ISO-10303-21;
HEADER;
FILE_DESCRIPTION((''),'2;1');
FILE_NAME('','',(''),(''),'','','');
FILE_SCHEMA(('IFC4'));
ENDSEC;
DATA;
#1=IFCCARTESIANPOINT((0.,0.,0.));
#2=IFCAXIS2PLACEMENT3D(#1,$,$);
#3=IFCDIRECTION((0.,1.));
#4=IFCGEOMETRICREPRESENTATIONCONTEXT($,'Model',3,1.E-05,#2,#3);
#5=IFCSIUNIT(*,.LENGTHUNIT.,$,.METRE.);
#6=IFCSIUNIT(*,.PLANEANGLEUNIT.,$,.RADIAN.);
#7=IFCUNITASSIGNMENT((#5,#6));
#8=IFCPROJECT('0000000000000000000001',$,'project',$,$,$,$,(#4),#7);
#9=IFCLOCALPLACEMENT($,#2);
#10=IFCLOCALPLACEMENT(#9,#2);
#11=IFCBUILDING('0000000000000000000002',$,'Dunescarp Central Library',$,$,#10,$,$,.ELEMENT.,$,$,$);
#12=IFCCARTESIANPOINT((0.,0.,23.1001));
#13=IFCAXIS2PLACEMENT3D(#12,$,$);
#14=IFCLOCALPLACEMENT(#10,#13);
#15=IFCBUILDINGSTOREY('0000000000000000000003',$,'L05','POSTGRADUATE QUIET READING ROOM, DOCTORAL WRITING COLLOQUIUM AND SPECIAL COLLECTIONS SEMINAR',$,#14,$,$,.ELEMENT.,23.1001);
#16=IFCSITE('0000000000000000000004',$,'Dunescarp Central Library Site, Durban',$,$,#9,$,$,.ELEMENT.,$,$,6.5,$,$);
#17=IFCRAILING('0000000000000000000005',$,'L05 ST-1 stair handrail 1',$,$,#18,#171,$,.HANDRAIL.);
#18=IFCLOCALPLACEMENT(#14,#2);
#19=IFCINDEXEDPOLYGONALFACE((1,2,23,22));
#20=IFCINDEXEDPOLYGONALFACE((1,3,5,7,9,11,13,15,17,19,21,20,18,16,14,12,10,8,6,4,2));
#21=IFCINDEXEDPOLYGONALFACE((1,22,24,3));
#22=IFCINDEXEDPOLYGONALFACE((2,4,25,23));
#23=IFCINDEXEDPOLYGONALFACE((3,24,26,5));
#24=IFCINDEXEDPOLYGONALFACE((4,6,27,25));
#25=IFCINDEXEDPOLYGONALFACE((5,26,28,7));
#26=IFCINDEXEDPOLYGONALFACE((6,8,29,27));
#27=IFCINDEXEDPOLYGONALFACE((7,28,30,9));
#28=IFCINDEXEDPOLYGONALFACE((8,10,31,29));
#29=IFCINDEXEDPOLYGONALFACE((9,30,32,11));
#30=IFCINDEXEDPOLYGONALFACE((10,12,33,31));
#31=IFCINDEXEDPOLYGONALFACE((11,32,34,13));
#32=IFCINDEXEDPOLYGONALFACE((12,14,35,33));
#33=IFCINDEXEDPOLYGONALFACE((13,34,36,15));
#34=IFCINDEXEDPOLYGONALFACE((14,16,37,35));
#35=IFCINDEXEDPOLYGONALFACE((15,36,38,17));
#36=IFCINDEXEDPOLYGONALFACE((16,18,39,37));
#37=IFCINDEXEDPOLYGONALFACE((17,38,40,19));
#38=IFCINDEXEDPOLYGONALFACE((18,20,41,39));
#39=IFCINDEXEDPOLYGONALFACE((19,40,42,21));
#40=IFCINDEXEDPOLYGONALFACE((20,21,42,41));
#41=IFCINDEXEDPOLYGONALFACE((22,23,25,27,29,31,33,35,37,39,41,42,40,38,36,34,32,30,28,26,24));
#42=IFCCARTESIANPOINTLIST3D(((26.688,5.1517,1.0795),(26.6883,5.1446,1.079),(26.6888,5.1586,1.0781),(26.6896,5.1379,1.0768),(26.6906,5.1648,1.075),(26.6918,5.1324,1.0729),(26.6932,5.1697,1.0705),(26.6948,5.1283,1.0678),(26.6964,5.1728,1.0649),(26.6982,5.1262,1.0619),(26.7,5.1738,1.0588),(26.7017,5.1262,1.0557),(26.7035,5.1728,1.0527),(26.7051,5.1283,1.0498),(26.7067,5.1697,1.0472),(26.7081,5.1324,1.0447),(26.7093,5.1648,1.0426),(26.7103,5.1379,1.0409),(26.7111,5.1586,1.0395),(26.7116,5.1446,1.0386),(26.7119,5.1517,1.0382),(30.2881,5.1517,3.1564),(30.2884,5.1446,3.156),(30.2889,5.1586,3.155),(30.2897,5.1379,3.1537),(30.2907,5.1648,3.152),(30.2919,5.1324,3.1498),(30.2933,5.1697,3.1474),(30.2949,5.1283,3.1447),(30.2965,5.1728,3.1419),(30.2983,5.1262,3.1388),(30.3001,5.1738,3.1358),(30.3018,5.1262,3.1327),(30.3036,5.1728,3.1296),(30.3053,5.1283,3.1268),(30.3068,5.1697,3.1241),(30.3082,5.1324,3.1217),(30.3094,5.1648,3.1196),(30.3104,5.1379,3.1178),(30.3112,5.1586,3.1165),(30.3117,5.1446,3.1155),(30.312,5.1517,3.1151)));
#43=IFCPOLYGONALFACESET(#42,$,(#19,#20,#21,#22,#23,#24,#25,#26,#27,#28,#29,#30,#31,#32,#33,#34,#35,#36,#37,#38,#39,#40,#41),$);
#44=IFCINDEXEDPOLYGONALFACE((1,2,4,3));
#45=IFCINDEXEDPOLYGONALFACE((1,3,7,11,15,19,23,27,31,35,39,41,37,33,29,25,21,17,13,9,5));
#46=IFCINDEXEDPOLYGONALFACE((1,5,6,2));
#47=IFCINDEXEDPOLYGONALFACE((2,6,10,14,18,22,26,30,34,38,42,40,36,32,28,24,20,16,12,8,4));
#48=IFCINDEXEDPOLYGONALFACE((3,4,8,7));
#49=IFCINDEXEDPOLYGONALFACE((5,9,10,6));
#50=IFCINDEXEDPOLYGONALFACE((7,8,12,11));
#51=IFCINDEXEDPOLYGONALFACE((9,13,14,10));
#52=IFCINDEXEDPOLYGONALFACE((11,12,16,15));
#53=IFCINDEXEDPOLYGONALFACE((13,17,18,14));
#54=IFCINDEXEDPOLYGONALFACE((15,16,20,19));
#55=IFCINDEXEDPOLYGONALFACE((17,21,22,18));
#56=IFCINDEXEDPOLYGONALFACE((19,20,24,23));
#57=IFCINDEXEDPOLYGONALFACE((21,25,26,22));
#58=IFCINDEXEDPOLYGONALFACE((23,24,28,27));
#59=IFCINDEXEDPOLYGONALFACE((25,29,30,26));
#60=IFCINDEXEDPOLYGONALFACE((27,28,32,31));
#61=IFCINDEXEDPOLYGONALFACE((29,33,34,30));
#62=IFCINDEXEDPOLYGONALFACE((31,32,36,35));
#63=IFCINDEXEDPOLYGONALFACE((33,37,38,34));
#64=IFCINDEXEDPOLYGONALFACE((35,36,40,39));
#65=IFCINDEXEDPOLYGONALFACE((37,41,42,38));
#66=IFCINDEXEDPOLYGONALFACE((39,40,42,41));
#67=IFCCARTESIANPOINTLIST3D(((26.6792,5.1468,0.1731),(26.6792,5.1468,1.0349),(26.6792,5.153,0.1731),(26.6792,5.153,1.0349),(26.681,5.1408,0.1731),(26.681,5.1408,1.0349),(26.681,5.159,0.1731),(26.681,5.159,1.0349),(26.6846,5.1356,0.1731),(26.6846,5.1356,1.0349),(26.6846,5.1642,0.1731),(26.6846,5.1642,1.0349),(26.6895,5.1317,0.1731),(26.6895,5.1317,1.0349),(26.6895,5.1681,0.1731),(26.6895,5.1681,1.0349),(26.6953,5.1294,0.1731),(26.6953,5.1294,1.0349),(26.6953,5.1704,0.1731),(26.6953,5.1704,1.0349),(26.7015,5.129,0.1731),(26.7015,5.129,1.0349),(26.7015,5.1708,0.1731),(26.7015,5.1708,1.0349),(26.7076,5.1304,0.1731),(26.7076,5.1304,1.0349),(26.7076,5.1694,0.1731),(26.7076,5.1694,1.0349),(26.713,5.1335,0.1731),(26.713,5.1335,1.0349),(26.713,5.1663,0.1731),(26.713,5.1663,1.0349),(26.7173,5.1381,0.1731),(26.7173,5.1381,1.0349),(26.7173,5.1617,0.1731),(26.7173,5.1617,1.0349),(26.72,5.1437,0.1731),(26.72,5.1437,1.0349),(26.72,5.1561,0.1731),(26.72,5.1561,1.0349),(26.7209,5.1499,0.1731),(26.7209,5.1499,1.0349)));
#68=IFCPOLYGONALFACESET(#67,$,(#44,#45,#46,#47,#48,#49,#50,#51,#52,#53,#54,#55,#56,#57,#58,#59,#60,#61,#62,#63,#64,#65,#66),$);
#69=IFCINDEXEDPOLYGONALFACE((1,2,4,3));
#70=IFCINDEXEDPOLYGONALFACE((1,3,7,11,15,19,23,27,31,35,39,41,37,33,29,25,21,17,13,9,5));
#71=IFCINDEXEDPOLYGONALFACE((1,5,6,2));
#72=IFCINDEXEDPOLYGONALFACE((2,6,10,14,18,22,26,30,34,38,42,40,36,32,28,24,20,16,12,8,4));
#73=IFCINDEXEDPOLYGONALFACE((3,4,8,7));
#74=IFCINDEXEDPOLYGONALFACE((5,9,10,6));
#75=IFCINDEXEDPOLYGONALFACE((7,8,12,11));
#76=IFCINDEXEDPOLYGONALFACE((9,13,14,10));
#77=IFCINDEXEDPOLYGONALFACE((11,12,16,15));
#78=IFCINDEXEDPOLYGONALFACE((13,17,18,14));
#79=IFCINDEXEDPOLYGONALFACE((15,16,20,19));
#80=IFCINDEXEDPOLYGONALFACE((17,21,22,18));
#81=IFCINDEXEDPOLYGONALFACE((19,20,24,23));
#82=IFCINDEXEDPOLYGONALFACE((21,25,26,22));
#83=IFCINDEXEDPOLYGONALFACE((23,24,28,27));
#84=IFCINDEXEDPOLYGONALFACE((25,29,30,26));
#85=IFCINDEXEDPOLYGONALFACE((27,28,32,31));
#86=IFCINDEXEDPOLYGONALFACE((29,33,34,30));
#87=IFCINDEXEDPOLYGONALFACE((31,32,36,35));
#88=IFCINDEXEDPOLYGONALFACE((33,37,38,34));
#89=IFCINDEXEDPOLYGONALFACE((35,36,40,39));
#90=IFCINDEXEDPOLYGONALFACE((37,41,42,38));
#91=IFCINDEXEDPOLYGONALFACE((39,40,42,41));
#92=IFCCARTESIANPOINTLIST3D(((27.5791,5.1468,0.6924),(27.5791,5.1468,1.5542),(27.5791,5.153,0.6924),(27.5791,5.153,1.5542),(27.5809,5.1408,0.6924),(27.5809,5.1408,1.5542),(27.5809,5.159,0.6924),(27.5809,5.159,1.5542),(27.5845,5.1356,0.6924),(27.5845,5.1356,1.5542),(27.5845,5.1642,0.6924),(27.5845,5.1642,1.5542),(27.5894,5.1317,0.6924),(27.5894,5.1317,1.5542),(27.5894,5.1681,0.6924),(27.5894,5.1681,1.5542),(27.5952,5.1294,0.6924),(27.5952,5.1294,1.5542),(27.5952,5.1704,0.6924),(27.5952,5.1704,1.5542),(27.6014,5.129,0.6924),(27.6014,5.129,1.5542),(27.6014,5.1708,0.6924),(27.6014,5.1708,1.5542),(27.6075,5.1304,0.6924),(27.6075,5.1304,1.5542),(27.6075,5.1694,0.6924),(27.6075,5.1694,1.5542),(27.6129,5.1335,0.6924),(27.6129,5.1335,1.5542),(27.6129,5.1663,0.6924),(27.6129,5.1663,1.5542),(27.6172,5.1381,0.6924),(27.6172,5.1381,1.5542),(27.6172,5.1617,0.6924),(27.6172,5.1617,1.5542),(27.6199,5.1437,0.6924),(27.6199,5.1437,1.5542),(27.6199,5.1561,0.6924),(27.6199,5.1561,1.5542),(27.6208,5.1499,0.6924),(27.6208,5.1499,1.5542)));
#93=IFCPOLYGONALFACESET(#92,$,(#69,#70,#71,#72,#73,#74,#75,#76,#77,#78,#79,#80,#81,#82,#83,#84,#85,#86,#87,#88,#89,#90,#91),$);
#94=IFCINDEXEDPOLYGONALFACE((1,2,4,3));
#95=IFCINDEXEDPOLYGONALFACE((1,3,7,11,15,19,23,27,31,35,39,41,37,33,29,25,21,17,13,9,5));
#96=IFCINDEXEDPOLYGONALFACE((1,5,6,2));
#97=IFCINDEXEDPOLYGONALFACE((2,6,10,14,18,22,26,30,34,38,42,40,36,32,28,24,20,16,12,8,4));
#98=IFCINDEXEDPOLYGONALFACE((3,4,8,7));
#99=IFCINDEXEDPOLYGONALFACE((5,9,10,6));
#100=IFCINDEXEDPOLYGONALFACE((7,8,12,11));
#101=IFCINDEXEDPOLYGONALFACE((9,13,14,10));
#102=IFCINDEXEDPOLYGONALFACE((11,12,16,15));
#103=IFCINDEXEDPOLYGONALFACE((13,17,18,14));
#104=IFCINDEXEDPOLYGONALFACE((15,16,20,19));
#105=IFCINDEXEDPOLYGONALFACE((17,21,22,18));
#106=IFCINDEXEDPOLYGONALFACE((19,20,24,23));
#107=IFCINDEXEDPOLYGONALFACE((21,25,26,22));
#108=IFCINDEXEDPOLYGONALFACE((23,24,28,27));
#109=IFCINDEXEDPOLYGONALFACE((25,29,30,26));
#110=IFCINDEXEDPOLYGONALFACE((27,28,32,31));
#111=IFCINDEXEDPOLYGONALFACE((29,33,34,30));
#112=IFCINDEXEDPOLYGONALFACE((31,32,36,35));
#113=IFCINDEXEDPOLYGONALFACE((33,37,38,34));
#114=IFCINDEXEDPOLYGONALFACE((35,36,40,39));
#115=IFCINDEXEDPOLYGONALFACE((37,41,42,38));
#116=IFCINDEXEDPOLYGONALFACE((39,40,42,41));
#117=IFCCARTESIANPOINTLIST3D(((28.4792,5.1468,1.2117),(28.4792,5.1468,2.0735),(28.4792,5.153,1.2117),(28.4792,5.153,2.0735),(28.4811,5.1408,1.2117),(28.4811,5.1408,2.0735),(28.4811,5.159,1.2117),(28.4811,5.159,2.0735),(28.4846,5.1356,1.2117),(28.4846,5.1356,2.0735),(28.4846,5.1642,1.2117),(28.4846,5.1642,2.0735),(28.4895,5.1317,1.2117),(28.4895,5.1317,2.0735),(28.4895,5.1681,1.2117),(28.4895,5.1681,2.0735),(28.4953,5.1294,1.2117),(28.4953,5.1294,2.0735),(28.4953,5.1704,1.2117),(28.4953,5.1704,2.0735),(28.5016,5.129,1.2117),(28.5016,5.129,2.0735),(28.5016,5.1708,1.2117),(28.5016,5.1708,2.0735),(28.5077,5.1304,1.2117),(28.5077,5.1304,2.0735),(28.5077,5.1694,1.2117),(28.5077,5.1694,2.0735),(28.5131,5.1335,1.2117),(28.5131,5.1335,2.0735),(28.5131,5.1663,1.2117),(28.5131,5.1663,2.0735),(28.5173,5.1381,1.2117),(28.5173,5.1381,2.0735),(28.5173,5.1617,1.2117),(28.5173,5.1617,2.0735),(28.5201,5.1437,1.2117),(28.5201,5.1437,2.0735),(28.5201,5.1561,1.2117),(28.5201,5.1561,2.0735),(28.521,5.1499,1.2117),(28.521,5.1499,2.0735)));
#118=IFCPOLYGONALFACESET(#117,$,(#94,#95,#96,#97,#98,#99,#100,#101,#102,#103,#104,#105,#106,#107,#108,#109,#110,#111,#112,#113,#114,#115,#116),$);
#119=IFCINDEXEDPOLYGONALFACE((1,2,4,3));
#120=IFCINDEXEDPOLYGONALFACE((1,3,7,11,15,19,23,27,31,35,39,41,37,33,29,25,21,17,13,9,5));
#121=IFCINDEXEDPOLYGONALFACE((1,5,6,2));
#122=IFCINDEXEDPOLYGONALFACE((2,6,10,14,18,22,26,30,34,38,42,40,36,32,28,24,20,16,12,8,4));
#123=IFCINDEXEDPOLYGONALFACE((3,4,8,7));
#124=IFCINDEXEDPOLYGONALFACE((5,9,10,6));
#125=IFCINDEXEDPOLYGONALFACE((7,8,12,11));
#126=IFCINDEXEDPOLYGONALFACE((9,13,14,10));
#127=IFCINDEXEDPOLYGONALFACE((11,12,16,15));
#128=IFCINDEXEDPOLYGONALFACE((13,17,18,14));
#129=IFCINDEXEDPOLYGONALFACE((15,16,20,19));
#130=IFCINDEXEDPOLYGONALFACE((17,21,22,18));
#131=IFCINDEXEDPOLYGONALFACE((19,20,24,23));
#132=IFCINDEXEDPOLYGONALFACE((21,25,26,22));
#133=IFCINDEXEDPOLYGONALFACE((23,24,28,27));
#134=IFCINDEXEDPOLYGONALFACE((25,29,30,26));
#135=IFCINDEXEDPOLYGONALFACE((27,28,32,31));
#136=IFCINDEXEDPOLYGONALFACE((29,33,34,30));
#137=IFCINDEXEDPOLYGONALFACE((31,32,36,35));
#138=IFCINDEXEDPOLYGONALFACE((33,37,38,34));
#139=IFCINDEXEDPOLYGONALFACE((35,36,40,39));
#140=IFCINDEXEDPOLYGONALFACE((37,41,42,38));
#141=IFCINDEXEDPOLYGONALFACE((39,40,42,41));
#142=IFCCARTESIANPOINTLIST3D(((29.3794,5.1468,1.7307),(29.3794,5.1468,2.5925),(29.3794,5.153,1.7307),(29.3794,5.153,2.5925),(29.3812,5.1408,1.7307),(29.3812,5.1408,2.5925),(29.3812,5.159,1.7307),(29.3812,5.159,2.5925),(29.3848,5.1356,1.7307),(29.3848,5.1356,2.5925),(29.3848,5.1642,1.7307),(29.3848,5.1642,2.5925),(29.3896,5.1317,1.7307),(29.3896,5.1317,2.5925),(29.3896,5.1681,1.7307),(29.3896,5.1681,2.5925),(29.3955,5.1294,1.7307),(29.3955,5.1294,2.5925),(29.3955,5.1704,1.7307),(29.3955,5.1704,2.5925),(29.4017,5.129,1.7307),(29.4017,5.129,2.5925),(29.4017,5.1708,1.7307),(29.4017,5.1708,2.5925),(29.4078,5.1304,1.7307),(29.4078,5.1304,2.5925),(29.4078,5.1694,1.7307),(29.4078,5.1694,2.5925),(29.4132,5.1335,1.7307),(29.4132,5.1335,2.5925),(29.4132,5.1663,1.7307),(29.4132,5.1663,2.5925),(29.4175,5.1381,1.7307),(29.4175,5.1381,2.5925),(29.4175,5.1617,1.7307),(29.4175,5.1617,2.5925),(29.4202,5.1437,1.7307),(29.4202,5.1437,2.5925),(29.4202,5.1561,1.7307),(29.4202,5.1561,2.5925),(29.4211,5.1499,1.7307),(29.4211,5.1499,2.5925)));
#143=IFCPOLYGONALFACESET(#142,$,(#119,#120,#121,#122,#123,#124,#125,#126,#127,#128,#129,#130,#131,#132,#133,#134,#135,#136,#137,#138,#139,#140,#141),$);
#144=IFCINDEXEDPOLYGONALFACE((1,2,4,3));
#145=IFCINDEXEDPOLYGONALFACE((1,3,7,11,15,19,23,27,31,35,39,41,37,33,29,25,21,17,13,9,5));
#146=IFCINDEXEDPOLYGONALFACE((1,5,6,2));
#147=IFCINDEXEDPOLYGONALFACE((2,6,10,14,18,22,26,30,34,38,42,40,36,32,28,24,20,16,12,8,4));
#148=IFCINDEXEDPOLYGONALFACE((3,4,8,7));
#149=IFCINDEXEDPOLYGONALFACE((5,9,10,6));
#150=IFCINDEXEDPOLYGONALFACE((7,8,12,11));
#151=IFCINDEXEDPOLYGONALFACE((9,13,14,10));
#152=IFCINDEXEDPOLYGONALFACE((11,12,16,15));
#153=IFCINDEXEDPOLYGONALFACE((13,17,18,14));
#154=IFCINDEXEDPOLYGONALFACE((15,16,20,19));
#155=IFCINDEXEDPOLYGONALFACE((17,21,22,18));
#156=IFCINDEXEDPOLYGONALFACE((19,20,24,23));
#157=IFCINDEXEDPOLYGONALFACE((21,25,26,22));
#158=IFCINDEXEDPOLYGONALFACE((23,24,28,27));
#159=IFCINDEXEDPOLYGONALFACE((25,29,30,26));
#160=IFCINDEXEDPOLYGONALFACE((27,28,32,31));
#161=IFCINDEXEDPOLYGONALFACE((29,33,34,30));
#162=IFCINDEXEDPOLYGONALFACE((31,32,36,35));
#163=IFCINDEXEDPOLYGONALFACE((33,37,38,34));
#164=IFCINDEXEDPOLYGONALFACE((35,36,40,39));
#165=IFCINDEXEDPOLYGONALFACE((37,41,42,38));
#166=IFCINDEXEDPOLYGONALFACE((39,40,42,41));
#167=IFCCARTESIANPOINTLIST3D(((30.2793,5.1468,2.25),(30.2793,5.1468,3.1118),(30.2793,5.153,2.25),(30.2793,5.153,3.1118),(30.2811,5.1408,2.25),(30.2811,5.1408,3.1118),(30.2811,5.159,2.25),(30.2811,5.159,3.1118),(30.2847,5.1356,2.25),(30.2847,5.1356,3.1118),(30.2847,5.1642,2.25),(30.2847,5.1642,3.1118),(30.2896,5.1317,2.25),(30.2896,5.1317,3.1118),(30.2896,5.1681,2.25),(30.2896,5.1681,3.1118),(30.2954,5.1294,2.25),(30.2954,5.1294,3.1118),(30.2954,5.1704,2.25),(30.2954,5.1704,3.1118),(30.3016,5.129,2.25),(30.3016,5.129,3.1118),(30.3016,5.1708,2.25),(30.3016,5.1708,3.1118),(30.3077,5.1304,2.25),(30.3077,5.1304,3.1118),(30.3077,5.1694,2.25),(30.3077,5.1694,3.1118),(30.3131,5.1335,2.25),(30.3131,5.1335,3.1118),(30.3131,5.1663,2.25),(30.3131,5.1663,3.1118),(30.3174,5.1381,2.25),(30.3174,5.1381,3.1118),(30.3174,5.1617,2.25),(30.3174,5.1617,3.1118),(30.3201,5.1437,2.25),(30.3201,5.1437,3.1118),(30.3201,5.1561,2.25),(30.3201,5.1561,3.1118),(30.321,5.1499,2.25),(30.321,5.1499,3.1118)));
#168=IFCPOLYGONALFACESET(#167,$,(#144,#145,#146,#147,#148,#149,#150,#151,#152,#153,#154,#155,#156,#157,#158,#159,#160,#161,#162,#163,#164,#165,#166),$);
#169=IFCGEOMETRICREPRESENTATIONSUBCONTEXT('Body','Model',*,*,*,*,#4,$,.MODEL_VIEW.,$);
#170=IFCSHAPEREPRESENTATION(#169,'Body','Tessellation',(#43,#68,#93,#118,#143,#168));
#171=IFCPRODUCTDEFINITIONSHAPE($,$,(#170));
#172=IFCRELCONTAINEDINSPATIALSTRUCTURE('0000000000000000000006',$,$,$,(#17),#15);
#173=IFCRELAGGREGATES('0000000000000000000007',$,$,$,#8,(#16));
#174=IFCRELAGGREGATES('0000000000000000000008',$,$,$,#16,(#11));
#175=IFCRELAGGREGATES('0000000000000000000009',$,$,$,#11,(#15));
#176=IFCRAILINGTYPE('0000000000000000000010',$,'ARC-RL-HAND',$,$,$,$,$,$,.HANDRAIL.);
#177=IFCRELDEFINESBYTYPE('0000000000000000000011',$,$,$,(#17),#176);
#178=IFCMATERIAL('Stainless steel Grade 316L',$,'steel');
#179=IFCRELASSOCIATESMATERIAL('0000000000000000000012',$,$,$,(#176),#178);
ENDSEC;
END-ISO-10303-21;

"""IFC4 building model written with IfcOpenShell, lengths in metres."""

from ifc_helpers import new_model, si_unit, direction, frame, origin, origin_2d, place, context, subcontext, project, spatial, circle, extrude, material, type_object, element, save


model = new_model("IFC4")

# Units and contexts
model_context = context("Model", 3, precision=1e-05, world=origin(), true_north=direction((0.0, 1.0)))
body_context = subcontext(model_context, "Body", "Model", "MODEL_VIEW")
ifc_project = project(units=[si_unit("LENGTHUNIT", "METRE"), si_unit("PLANEANGLEUNIT", "RADIAN")], contexts=[model_context])

# Site, building, storey
site_placement = place(None, origin())
site = spatial("IfcSite", under=ifc_project, at=site_placement, Name="Dunescarp Central Library Site, Durban", CompositionType="ELEMENT", RefElevation=6.5)
building_placement = place(site_placement, origin())
building = spatial("IfcBuilding", under=site, at=building_placement, Name="Dunescarp Central Library", CompositionType="ELEMENT")
storey_placement = place(building_placement, frame((0.0, 0.0, 23.1001)))
storey = spatial("IfcBuildingStorey", under=building, at=storey_placement, Name="L05", Description="POSTGRADUATE QUIET READING ROOM, DOCTORAL WRITING COLLOQUIUM AND SPECIAL COLLECTIONS SEMINAR", CompositionType="ELEMENT", Elevation=23.1001)

# Shared definitions
ifc_material_1 = material(Name="Stainless steel Grade 316L", Category="steel")

# Railing
railing_type_1 = type_object("IfcRailingType", Name="ARC-RL-HAND", PredefinedType="HANDRAIL", material=ifc_material_1)
railing_1_placement = place(storey_placement, frame((26.7, 5.1499, 0.1731)))
element("IfcRailing", 1, at=railing_1_placement, inside=storey, type_object=railing_type_1, Name="L05 ST-1 stair handrail 1", PredefinedType="HANDRAIL", context=body_context, shape_type="SweptSolid", body=[
    extrude(circle(Radius=0.0239, at=origin_2d()), frame((0.0, 0.0, 0.8857), z_axis=(0.866193, 0.0, 0.499709), x_axis=(0.0, 1.0, 0.0)), (0.0, 0.0, 1.0), 4.1562),
    extrude(circle(Radius=0.021, at=origin_2d()), origin(), (0.0, 0.0, 1.0), 0.8618),
    extrude(circle(Radius=0.021, at=origin_2d()), frame((0.8999, 0.0, 0.5193)), (0.0, 0.0, 1.0), 0.8618),
    extrude(circle(Radius=0.021, at=origin_2d()), frame((1.8, 0.0, 1.0386)), (0.0, 0.0, 1.0), 0.8618),
    extrude(circle(Radius=0.021, at=origin_2d()), frame((2.7002, 0.0, 1.5576)), (0.0, 0.0, 1.0), 0.8618),
    extrude(circle(Radius=0.021, at=origin_2d()), frame((3.6001, 0.0, 2.0769)), (0.0, 0.0, 1.0), 0.8618),
])

save(model, "model.ifc")
